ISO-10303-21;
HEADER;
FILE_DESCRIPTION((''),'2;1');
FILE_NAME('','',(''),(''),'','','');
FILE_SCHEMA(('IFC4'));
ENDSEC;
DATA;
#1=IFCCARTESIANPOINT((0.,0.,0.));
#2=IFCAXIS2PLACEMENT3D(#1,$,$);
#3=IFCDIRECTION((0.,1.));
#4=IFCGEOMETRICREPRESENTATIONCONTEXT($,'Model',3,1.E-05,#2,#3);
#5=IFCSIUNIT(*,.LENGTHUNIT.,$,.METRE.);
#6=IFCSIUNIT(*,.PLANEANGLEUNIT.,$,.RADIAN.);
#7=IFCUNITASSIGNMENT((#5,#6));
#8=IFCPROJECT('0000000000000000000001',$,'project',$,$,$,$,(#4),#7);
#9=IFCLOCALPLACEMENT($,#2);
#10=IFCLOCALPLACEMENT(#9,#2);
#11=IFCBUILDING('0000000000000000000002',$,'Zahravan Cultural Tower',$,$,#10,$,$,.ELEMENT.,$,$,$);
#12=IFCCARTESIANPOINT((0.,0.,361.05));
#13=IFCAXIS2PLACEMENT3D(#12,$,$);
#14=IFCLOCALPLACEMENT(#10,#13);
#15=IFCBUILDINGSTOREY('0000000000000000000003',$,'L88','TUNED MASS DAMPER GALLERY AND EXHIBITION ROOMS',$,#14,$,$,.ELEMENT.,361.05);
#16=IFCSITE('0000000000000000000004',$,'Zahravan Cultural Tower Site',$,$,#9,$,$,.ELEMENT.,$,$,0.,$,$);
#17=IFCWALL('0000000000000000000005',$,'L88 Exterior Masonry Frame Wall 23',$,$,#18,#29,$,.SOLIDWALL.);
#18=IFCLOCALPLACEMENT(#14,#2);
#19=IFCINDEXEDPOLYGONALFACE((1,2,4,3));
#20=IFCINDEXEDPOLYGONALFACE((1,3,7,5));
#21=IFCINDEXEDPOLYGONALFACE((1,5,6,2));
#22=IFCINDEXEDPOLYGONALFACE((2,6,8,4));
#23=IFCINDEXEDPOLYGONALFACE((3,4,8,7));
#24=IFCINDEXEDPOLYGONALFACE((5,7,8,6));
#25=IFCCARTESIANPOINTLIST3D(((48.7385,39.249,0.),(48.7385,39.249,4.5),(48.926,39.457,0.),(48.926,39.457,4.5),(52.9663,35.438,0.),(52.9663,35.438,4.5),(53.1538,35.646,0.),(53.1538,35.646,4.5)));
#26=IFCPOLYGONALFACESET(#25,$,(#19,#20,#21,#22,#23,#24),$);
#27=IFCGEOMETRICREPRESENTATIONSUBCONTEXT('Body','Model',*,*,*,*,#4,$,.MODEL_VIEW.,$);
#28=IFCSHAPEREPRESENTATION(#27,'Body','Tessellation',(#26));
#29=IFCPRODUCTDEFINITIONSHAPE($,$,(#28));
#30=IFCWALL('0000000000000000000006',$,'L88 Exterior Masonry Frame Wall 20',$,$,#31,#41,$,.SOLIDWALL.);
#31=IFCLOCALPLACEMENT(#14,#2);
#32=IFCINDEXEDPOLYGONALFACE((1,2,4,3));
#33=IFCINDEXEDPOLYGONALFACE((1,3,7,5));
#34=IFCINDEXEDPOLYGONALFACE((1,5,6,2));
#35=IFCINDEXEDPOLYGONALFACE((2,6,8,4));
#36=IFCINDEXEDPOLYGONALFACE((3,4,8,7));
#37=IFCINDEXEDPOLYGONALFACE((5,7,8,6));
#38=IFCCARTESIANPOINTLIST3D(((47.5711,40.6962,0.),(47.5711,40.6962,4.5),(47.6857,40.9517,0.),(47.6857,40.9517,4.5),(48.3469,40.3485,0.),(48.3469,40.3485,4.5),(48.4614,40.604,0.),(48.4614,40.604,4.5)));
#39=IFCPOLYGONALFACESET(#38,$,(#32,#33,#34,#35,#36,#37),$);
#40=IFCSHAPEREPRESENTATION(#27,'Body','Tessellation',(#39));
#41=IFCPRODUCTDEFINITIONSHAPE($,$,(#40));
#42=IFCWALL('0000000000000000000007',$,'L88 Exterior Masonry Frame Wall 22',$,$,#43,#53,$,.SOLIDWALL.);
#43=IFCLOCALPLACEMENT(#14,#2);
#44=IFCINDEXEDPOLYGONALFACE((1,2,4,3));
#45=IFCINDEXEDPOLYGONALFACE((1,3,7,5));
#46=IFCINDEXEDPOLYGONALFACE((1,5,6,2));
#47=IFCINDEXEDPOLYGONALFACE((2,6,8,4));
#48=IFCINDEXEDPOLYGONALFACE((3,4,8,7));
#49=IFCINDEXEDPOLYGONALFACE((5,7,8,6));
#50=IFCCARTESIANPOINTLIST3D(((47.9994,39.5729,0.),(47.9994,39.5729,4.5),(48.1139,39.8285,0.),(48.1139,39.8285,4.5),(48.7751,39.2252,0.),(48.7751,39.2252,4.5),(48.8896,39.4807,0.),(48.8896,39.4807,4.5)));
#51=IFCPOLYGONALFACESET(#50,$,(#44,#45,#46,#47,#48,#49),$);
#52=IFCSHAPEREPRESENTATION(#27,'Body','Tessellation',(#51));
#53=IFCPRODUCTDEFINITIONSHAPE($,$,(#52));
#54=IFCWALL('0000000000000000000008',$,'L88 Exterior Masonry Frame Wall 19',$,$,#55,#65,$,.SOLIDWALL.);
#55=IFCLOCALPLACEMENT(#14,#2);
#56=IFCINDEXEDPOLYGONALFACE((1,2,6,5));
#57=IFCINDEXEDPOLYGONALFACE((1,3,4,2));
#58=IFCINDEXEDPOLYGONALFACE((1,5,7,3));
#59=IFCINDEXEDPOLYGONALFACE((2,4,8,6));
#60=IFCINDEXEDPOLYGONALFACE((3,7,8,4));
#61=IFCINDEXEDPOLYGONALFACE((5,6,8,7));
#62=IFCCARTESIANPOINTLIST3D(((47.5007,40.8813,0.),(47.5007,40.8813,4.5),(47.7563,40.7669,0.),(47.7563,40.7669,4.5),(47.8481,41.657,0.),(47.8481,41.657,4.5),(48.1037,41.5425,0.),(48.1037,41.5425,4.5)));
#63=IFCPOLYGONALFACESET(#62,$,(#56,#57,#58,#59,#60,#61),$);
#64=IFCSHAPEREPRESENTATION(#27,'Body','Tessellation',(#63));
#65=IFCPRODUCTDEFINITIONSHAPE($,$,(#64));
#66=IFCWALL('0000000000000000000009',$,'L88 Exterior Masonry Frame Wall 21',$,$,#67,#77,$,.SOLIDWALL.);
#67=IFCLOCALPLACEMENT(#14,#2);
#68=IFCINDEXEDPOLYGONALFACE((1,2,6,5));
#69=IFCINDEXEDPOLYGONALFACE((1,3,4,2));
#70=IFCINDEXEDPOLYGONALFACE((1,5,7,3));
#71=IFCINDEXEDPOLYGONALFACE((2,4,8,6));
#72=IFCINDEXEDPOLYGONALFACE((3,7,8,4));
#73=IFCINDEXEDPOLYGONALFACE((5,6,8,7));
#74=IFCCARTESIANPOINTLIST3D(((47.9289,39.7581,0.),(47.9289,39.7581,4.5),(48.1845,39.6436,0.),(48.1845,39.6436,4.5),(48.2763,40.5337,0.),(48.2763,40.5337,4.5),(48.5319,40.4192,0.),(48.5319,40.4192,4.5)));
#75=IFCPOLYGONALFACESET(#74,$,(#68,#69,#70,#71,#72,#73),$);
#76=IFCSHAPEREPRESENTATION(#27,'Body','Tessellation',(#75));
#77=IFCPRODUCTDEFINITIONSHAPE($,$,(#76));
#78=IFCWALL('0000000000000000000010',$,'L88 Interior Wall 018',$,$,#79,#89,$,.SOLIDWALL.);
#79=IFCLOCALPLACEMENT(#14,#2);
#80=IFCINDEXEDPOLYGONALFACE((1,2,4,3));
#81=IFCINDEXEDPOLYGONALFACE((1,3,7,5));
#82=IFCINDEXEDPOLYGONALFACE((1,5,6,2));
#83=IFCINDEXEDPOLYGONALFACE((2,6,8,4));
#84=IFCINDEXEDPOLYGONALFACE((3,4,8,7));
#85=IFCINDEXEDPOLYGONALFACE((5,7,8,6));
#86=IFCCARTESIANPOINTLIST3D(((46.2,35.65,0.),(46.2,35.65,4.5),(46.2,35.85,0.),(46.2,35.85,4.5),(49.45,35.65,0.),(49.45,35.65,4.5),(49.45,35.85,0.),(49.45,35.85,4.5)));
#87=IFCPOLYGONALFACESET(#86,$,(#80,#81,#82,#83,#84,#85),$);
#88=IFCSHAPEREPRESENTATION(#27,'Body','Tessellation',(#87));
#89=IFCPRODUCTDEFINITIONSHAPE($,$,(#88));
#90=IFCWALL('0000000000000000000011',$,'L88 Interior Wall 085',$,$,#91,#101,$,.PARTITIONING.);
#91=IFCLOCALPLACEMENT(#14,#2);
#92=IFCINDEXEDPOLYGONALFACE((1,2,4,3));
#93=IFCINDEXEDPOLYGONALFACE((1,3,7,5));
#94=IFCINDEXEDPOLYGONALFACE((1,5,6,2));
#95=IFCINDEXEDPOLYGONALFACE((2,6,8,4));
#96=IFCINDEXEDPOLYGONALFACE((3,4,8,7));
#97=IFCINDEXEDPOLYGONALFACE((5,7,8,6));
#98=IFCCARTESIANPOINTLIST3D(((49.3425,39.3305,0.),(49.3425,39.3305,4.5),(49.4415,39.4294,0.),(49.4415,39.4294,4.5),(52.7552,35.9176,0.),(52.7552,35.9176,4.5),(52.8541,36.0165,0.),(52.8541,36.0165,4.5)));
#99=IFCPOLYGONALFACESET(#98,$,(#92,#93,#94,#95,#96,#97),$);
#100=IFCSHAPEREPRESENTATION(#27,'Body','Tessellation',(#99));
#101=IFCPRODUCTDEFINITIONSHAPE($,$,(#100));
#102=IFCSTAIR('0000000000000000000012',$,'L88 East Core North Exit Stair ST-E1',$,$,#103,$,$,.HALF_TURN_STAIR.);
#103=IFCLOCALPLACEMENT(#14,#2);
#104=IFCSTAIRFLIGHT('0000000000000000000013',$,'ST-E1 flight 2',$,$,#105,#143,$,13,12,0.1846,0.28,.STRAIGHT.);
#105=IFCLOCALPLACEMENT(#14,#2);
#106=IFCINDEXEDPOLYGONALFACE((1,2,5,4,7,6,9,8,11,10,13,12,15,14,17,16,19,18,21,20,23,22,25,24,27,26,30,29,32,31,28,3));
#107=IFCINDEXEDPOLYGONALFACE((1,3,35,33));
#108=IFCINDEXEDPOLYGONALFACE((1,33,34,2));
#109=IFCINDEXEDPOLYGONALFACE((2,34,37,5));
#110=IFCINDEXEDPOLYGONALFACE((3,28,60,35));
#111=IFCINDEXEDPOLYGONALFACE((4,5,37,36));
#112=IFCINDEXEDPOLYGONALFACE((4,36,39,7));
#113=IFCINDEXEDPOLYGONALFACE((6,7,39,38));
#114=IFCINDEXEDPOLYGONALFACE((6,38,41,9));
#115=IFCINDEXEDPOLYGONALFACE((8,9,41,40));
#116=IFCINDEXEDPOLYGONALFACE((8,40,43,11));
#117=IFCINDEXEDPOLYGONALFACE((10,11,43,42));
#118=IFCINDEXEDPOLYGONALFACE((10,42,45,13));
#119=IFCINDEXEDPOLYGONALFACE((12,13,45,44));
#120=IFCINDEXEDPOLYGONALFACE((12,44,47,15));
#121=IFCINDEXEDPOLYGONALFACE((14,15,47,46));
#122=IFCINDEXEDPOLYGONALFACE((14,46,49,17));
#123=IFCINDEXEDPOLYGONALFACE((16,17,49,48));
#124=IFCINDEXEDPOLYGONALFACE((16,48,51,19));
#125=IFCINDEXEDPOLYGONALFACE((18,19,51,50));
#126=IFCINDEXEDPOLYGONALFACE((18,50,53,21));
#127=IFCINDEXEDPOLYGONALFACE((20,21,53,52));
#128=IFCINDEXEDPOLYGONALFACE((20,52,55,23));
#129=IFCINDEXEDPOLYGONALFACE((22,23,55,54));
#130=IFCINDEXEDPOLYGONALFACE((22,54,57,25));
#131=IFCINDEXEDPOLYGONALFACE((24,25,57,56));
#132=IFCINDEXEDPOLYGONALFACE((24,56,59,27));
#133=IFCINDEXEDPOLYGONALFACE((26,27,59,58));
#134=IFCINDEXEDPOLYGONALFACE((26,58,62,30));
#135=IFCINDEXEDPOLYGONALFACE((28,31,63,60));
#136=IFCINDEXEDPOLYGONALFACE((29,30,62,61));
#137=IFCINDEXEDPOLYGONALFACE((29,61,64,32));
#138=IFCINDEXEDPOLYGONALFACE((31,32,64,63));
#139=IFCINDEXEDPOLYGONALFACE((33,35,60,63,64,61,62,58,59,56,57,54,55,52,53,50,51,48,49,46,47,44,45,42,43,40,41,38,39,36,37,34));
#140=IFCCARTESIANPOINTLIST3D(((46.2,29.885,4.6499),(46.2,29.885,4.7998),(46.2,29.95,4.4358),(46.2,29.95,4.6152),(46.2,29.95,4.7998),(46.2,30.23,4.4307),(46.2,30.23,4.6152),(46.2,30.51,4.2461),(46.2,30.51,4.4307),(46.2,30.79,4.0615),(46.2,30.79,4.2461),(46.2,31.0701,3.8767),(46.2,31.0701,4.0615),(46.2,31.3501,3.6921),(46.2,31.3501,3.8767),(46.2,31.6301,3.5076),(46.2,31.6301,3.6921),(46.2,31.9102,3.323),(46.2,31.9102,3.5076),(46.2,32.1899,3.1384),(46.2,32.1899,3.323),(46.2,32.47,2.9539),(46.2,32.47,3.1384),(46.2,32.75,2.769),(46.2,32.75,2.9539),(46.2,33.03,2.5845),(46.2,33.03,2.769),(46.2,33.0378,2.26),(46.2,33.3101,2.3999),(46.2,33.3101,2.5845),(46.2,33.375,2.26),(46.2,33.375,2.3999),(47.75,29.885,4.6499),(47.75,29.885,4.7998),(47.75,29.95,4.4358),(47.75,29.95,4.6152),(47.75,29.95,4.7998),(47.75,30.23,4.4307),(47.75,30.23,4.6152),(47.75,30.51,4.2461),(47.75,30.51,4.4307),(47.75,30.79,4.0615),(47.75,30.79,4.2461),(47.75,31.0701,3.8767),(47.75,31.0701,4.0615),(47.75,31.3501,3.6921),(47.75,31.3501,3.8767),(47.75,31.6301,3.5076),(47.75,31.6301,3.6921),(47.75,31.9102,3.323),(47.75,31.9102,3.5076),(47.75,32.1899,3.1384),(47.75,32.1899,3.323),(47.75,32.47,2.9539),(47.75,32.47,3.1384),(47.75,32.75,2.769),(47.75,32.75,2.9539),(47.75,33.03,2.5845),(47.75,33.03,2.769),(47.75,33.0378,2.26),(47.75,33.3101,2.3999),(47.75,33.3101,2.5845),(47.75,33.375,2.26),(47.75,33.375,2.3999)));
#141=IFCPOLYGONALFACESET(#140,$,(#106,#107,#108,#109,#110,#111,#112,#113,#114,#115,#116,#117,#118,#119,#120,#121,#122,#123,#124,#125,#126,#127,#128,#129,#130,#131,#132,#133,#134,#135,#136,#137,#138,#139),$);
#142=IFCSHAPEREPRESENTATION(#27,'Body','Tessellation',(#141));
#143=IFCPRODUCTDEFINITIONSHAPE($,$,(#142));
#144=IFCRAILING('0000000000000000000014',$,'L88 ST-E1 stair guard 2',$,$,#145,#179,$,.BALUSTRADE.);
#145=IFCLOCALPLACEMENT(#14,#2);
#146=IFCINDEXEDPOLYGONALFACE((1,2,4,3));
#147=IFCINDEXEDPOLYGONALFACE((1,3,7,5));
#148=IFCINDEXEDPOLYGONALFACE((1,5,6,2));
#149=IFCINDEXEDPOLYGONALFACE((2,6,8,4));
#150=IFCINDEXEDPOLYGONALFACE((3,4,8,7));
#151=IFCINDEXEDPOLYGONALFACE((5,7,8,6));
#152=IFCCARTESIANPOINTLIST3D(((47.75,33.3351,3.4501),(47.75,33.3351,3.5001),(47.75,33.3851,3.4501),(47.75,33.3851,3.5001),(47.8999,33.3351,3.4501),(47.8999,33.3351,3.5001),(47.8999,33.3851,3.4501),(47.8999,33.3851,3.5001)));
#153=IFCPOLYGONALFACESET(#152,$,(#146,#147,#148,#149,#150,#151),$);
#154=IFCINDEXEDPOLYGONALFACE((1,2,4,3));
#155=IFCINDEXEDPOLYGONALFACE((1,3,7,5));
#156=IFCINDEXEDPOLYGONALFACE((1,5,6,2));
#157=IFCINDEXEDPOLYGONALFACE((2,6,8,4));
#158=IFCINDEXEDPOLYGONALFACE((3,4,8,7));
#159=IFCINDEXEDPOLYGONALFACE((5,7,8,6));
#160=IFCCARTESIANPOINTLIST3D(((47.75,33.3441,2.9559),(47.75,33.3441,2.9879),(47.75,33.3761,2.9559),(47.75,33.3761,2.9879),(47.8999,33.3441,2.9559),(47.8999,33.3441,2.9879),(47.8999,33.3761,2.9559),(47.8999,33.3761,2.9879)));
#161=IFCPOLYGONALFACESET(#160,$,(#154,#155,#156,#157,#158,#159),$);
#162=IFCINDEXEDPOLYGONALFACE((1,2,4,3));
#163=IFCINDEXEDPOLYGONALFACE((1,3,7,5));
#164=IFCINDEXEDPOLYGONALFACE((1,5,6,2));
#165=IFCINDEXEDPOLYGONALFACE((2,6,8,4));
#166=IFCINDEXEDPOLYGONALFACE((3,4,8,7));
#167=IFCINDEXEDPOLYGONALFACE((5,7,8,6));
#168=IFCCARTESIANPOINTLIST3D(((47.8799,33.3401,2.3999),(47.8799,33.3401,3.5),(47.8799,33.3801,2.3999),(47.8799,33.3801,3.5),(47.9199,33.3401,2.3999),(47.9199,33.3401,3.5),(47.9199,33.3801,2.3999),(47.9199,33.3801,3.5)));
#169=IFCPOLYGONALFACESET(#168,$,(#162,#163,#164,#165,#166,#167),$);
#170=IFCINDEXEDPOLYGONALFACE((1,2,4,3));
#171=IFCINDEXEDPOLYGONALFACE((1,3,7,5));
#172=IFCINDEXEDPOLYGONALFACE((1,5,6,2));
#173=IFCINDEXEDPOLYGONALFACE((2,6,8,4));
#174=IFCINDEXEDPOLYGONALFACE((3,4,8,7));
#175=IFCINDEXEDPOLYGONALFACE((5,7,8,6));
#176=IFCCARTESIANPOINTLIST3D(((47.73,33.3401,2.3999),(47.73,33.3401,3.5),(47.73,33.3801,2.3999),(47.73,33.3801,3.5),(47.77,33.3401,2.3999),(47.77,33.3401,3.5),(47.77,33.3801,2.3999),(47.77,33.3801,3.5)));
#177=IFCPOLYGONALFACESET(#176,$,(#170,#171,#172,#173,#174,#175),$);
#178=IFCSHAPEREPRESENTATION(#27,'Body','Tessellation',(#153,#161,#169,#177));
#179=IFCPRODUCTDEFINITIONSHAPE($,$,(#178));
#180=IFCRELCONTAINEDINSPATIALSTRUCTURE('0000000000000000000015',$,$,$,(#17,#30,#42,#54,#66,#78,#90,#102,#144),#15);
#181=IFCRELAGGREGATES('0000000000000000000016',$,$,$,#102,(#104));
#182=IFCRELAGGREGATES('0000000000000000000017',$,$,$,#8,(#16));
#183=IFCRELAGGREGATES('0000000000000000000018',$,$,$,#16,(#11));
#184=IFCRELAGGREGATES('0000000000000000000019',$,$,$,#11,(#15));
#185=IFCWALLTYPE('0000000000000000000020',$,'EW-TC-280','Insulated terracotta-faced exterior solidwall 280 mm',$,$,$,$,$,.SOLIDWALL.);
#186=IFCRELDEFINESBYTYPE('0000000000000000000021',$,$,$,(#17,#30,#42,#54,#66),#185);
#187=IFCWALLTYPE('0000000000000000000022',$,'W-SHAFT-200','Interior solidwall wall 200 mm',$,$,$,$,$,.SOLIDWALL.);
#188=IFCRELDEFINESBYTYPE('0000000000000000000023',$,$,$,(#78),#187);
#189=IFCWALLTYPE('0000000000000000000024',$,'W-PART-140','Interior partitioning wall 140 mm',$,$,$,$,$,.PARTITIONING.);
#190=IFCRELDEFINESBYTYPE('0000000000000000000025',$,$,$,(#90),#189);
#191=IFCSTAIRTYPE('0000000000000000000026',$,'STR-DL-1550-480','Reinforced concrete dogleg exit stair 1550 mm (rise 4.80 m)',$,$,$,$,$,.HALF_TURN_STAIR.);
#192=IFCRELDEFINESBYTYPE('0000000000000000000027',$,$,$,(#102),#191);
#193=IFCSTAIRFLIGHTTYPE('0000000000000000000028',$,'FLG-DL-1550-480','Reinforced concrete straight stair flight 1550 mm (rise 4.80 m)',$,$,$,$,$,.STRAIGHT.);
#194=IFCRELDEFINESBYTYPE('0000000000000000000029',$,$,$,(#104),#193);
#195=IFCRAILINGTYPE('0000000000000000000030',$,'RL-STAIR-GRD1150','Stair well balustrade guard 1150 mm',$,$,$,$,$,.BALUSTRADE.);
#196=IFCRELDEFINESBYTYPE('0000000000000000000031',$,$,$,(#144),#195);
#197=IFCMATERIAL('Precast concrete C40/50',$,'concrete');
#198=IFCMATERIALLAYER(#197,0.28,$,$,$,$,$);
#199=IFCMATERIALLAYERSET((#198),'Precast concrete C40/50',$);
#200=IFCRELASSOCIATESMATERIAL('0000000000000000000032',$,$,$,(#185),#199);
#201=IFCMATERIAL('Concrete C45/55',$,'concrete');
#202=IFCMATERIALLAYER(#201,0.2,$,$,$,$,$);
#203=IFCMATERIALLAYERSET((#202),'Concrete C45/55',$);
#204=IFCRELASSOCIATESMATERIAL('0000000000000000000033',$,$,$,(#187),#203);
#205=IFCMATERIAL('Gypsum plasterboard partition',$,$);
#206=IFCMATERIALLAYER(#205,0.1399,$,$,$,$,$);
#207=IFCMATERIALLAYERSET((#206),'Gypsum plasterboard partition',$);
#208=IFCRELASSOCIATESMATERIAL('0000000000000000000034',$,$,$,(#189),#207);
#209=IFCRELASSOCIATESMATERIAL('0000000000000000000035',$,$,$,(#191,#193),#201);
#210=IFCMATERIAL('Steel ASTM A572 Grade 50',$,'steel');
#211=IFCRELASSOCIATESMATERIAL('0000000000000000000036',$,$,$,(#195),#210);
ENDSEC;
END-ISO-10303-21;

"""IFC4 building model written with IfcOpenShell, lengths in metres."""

from ifc_helpers import new_model, si_unit, direction, frame, frame_2d, origin, origin_2d, place, context, subcontext, project, spatial, polyline, rectangle, outline, extrude, source, transform, mapped, material, layer, layer_set, type_object, element, aggregate, save


model = new_model("IFC4")

# Units and contexts
model_context = context("Model", 3, precision=1e-05, world=origin(), true_north=direction((0.0, 1.0)))
body_context = subcontext(model_context, "Body", "Model", "MODEL_VIEW")
ifc_project = project(units=[si_unit("LENGTHUNIT", "METRE"), si_unit("PLANEANGLEUNIT", "RADIAN")], contexts=[model_context])

# Site, building, storey
site_placement = place(None, origin())
site = spatial("IfcSite", under=ifc_project, at=site_placement, Name="Zahravan Cultural Tower Site", CompositionType="ELEMENT", RefElevation=0.0)
building_placement = place(site_placement, origin())
building = spatial("IfcBuilding", under=site, at=building_placement, Name="Zahravan Cultural Tower", CompositionType="ELEMENT")
storey_placement = place(building_placement, frame((0.0, 0.0, 361.05)))
storey = spatial("IfcBuildingStorey", under=building, at=storey_placement, Name="L88", Description="TUNED MASS DAMPER GALLERY AND EXHIBITION ROOMS", CompositionType="ELEMENT", Elevation=361.05)

# Shared definitions
ifc_material_1 = material(Name="Precast concrete C40/50", Category="concrete")
ifc_layer_1 = layer(ifc_material_1, 0.28)
ifc_layer_set_1 = layer_set([ifc_layer_1], Name="Precast concrete C40/50")
wall_type_1 = type_object("IfcWallType", Name="EW-TC-280", Description="Insulated terracotta-faced exterior solidwall 280 mm", PredefinedType="SOLIDWALL", material=ifc_layer_set_1)

# Walls
shared_shape_1 = source(origin(), body_context, "Body", "SweptSolid", [
    extrude(rectangle(XDim=5.6919, YDim=0.28, at=frame_2d((2.8459, 0.0))), origin(), (0.0, 0.0, 1.0), 4.5),
])
wall_1_placement = place(storey_placement, frame((48.8323, 39.353, 0.0), z_axis=(0.0, 0.0, 1.0), x_axis=(0.742767, -0.66955, 0.0)))
element("IfcWall", 1, at=wall_1_placement, inside=storey, type_object=wall_type_1, Name="L88 Exterior Masonry Frame Wall 23", PredefinedType="SOLIDWALL", context=body_context, shape_type="MappedRepresentation", body=[
    mapped(shared_shape_1, transform((0.0, 0.0, 0.0), x_axis=(1.0, 0.0, 0.0), y_axis=(0.0, 1.0, 0.0), z_axis=(0.0, 0.0, 1.0), scale=1.0)),
])
shared_shape_2 = source(origin(), body_context, "Body", "SweptSolid", [
    extrude(rectangle(XDim=0.8501, YDim=0.28, at=frame_2d((0.425, 0.0))), origin(), (0.0, 0.0, 1.0), 4.5),
])
for number, where, z_axis, x_axis, name in (
    (2, (47.6284, 40.824, 0.0), (0.0, 0.0, 1.0), (0.912528, -0.409015, 0.0), "L88 Exterior Masonry Frame Wall 20"),
    (3, (48.0566, 39.7007, 0.0), (0.0, 0.0, 1.0), (0.912528, -0.409015, 0.0), "L88 Exterior Masonry Frame Wall 22"),
):
    element("IfcWall", number, at=place(storey_placement, frame(where, z_axis=z_axis, x_axis=x_axis)), inside=storey, type_object=wall_type_1, Name=name, PredefinedType="SOLIDWALL", context=body_context, shape_type="MappedRepresentation", body=[
        mapped(shared_shape_2, transform((0.0, 0.0, 0.0), x_axis=(1.0, 0.0, 0.0), y_axis=(0.0, 1.0, 0.0), z_axis=(0.0, 0.0, 1.0), scale=1.0)),
    ])
shared_shape_3 = source(origin(), body_context, "Body", "SweptSolid", [
    extrude(rectangle(XDim=0.8499, YDim=0.28, at=frame_2d((0.4248, 0.0))), origin(), (0.0, 0.0, 1.0), 4.5),
])
for number, where, z_axis, x_axis, name in (
    (4, (47.9758, 41.5996, 0.0), (0.0, 0.0, 1.0), (-0.408775, -0.912635, 0.0), "L88 Exterior Masonry Frame Wall 19"),
    (5, (48.4041, 40.4763, 0.0), (0.0, 0.0, 1.0), (-0.408775, -0.912635, 0.0), "L88 Exterior Masonry Frame Wall 21"),
):
    element("IfcWall", number, at=place(storey_placement, frame(where, z_axis=z_axis, x_axis=x_axis)), inside=storey, type_object=wall_type_1, Name=name, PredefinedType="SOLIDWALL", context=body_context, shape_type="MappedRepresentation", body=[
        mapped(shared_shape_3, transform((0.0, 0.0, 0.0), x_axis=(1.0, 0.0, 0.0), y_axis=(0.0, 1.0, 0.0), z_axis=(0.0, 0.0, 1.0), scale=1.0)),
    ])
ifc_material_2 = material(Name="Concrete C45/55", Category="concrete")
ifc_layer_2 = layer(ifc_material_2, 0.2)
ifc_layer_set_2 = layer_set([ifc_layer_2], Name="Concrete C45/55")
wall_type_2 = type_object("IfcWallType", Name="W-SHAFT-200", Description="Interior solidwall wall 200 mm", PredefinedType="SOLIDWALL", material=ifc_layer_set_2)
shared_shape_4 = source(origin(), body_context, "Body", "SweptSolid", [
    extrude(rectangle(XDim=3.25, YDim=0.2, at=frame_2d((1.625, 0.0))), origin(), (0.0, 0.0, 1.0), 4.5),
])
wall_2_placement = place(storey_placement, frame((46.2, 35.75, 0.0), z_axis=(0.0, 0.0, 1.0), x_axis=(1.0, 0.0, 0.0)))
element("IfcWall", 6, at=wall_2_placement, inside=storey, type_object=wall_type_2, Name="L88 Interior Wall 018", PredefinedType="SOLIDWALL", context=body_context, shape_type="MappedRepresentation", body=[
    mapped(shared_shape_4, transform((0.0, 0.0, 0.0), x_axis=(1.0, 0.0, 0.0), y_axis=(0.0, 1.0, 0.0), z_axis=(0.0, 0.0, 1.0), scale=1.0)),
])
ifc_material_3 = material(Name="Gypsum plasterboard partition")
ifc_layer_3 = layer(ifc_material_3, 0.1399)
ifc_layer_set_3 = layer_set([ifc_layer_3], Name="Gypsum plasterboard partition")
wall_type_3 = type_object("IfcWallType", Name="W-PART-140", Description="Interior partitioning wall 140 mm", PredefinedType="PARTITIONING", material=ifc_layer_set_3)
shared_shape_5 = source(origin(), body_context, "Body", "SweptSolid", [
    extrude(rectangle(XDim=4.8264, YDim=0.1399, at=frame_2d((2.4131, 0.0))), origin(), (0.0, 0.0, 1.0), 4.5),
])
wall_3_placement = place(storey_placement, frame((49.3921, 39.3799, 0.0), z_axis=(0.0, 0.0, 1.0), x_axis=(0.707081, -0.707132, 0.0)))
element("IfcWall", 7, at=wall_3_placement, inside=storey, type_object=wall_type_3, Name="L88 Interior Wall 085", PredefinedType="PARTITIONING", context=body_context, shape_type="MappedRepresentation", body=[
    mapped(shared_shape_5, transform((0.0, 0.0, 0.0), x_axis=(1.0, 0.0, 0.0), y_axis=(0.0, 1.0, 0.0), z_axis=(0.0, 0.0, 1.0), scale=1.0)),
])

# Stair, stair flight
stair_type = type_object("IfcStairType", Name="STR-DL-1550-480", Description="Reinforced concrete dogleg exit stair 1550 mm (rise 4.80 m)", PredefinedType="HALF_TURN_STAIR", material=ifc_material_2)
stair_placement = place(storey_placement, origin())
stair = element("IfcStair", 8, at=stair_placement, inside=storey, type_object=stair_type, Name="L88 East Core North Exit Stair ST-E1", PredefinedType="HALF_TURN_STAIR")
stair_flight_type = type_object("IfcStairFlightType", Name="FLG-DL-1550-480", Description="Reinforced concrete straight stair flight 1550 mm (rise 4.80 m)", PredefinedType="STRAIGHT", material=ifc_material_2)
stair_flight_placement = place(storey_placement, frame((46.9751, 33.3101, 2.3999), z_axis=(0.0, 0.0, 1.0), x_axis=(0.0, -1.0, 0.0)))
stair_flight = element("IfcStairFlight", 9, at=stair_flight_placement, type_object=stair_flight_type, Name="ST-E1 flight 2", NumberOfRisers=13, NumberOfTreads=12, PredefinedType="STRAIGHT", RiserHeight=0.1846, TreadLength=0.28, context=body_context, shape_type="SweptSolid", body=[
    extrude(outline(polyline([(-0.0649, -0.1399), (-0.0649, 0.0), (0.0, 0.0), (0.0, 0.1846), (0.28, 0.1846), (0.28, 0.3691), (0.5601, 0.3691), (0.5601, 0.554), (0.8401, 0.554), (0.8401, 0.7385), (1.1201, 0.7385), (1.1201, 0.9231), (1.3999, 0.9231), (1.3999, 1.1077), (1.6799, 1.1077), (1.6799, 1.2922), (1.96, 1.2922), (1.96, 1.4768), (2.24, 1.4768), (2.24, 1.6616), (2.52, 1.6616), (2.52, 1.8462), (2.8, 1.8462), (2.8, 2.0308), (3.0801, 2.0308), (3.0801, 2.2153), (3.3601, 2.2153), (3.3601, 2.3999), (3.425, 2.3999), (3.425, 2.25), (3.3601, 2.0359), (0.2722, -0.1399), (-0.0649, -0.1399)])), frame((0.0, 0.7749, 0.0), z_axis=(0.0, -1.0, 0.0), x_axis=(1.0, 0.0, 0.0)), (0.0, 0.0, 1.0), 1.55),
])
aggregate(stair, [stair_flight])

# Railing
ifc_material_4 = material(Name="Steel ASTM A572 Grade 50", Category="steel")
railing_type_1 = type_object("IfcRailingType", Name="RL-STAIR-GRD1150", Description="Stair well balustrade guard 1150 mm", PredefinedType="BALUSTRADE", material=ifc_material_4)
railing_1_placement = place(storey_placement, frame((47.8999, 33.3601, 2.3999)))
element("IfcRailing", 10, at=railing_1_placement, inside=storey, type_object=railing_type_1, Name="L88 ST-E1 stair guard 2", PredefinedType="BALUSTRADE", context=body_context, shape_type="SweptSolid", body=[
    extrude(rectangle(XDim=0.05, YDim=0.05, at=origin_2d()), frame((0.0, 0.0, 1.0752), z_axis=(-1.0, 0.0, 0.0), x_axis=(0.0, -1.0, 0.0)), (0.0, 0.0, 1.0), 0.1499),
    extrude(rectangle(XDim=0.032, YDim=0.032, at=origin_2d()), frame((0.0, 0.0, 0.572), z_axis=(-1.0, 0.0, 0.0), x_axis=(0.0, -1.0, 0.0)), (0.0, 0.0, 1.0), 0.1499),
    extrude(rectangle(XDim=0.04, YDim=0.04, at=origin_2d()), origin(), (0.0, 0.0, 1.0), 1.1001),
    extrude(rectangle(XDim=0.04, YDim=0.04, at=origin_2d()), frame((-0.1499, 0.0, 0.0)), (0.0, 0.0, 1.0), 1.1001),
])

save(model, "model.ifc")
